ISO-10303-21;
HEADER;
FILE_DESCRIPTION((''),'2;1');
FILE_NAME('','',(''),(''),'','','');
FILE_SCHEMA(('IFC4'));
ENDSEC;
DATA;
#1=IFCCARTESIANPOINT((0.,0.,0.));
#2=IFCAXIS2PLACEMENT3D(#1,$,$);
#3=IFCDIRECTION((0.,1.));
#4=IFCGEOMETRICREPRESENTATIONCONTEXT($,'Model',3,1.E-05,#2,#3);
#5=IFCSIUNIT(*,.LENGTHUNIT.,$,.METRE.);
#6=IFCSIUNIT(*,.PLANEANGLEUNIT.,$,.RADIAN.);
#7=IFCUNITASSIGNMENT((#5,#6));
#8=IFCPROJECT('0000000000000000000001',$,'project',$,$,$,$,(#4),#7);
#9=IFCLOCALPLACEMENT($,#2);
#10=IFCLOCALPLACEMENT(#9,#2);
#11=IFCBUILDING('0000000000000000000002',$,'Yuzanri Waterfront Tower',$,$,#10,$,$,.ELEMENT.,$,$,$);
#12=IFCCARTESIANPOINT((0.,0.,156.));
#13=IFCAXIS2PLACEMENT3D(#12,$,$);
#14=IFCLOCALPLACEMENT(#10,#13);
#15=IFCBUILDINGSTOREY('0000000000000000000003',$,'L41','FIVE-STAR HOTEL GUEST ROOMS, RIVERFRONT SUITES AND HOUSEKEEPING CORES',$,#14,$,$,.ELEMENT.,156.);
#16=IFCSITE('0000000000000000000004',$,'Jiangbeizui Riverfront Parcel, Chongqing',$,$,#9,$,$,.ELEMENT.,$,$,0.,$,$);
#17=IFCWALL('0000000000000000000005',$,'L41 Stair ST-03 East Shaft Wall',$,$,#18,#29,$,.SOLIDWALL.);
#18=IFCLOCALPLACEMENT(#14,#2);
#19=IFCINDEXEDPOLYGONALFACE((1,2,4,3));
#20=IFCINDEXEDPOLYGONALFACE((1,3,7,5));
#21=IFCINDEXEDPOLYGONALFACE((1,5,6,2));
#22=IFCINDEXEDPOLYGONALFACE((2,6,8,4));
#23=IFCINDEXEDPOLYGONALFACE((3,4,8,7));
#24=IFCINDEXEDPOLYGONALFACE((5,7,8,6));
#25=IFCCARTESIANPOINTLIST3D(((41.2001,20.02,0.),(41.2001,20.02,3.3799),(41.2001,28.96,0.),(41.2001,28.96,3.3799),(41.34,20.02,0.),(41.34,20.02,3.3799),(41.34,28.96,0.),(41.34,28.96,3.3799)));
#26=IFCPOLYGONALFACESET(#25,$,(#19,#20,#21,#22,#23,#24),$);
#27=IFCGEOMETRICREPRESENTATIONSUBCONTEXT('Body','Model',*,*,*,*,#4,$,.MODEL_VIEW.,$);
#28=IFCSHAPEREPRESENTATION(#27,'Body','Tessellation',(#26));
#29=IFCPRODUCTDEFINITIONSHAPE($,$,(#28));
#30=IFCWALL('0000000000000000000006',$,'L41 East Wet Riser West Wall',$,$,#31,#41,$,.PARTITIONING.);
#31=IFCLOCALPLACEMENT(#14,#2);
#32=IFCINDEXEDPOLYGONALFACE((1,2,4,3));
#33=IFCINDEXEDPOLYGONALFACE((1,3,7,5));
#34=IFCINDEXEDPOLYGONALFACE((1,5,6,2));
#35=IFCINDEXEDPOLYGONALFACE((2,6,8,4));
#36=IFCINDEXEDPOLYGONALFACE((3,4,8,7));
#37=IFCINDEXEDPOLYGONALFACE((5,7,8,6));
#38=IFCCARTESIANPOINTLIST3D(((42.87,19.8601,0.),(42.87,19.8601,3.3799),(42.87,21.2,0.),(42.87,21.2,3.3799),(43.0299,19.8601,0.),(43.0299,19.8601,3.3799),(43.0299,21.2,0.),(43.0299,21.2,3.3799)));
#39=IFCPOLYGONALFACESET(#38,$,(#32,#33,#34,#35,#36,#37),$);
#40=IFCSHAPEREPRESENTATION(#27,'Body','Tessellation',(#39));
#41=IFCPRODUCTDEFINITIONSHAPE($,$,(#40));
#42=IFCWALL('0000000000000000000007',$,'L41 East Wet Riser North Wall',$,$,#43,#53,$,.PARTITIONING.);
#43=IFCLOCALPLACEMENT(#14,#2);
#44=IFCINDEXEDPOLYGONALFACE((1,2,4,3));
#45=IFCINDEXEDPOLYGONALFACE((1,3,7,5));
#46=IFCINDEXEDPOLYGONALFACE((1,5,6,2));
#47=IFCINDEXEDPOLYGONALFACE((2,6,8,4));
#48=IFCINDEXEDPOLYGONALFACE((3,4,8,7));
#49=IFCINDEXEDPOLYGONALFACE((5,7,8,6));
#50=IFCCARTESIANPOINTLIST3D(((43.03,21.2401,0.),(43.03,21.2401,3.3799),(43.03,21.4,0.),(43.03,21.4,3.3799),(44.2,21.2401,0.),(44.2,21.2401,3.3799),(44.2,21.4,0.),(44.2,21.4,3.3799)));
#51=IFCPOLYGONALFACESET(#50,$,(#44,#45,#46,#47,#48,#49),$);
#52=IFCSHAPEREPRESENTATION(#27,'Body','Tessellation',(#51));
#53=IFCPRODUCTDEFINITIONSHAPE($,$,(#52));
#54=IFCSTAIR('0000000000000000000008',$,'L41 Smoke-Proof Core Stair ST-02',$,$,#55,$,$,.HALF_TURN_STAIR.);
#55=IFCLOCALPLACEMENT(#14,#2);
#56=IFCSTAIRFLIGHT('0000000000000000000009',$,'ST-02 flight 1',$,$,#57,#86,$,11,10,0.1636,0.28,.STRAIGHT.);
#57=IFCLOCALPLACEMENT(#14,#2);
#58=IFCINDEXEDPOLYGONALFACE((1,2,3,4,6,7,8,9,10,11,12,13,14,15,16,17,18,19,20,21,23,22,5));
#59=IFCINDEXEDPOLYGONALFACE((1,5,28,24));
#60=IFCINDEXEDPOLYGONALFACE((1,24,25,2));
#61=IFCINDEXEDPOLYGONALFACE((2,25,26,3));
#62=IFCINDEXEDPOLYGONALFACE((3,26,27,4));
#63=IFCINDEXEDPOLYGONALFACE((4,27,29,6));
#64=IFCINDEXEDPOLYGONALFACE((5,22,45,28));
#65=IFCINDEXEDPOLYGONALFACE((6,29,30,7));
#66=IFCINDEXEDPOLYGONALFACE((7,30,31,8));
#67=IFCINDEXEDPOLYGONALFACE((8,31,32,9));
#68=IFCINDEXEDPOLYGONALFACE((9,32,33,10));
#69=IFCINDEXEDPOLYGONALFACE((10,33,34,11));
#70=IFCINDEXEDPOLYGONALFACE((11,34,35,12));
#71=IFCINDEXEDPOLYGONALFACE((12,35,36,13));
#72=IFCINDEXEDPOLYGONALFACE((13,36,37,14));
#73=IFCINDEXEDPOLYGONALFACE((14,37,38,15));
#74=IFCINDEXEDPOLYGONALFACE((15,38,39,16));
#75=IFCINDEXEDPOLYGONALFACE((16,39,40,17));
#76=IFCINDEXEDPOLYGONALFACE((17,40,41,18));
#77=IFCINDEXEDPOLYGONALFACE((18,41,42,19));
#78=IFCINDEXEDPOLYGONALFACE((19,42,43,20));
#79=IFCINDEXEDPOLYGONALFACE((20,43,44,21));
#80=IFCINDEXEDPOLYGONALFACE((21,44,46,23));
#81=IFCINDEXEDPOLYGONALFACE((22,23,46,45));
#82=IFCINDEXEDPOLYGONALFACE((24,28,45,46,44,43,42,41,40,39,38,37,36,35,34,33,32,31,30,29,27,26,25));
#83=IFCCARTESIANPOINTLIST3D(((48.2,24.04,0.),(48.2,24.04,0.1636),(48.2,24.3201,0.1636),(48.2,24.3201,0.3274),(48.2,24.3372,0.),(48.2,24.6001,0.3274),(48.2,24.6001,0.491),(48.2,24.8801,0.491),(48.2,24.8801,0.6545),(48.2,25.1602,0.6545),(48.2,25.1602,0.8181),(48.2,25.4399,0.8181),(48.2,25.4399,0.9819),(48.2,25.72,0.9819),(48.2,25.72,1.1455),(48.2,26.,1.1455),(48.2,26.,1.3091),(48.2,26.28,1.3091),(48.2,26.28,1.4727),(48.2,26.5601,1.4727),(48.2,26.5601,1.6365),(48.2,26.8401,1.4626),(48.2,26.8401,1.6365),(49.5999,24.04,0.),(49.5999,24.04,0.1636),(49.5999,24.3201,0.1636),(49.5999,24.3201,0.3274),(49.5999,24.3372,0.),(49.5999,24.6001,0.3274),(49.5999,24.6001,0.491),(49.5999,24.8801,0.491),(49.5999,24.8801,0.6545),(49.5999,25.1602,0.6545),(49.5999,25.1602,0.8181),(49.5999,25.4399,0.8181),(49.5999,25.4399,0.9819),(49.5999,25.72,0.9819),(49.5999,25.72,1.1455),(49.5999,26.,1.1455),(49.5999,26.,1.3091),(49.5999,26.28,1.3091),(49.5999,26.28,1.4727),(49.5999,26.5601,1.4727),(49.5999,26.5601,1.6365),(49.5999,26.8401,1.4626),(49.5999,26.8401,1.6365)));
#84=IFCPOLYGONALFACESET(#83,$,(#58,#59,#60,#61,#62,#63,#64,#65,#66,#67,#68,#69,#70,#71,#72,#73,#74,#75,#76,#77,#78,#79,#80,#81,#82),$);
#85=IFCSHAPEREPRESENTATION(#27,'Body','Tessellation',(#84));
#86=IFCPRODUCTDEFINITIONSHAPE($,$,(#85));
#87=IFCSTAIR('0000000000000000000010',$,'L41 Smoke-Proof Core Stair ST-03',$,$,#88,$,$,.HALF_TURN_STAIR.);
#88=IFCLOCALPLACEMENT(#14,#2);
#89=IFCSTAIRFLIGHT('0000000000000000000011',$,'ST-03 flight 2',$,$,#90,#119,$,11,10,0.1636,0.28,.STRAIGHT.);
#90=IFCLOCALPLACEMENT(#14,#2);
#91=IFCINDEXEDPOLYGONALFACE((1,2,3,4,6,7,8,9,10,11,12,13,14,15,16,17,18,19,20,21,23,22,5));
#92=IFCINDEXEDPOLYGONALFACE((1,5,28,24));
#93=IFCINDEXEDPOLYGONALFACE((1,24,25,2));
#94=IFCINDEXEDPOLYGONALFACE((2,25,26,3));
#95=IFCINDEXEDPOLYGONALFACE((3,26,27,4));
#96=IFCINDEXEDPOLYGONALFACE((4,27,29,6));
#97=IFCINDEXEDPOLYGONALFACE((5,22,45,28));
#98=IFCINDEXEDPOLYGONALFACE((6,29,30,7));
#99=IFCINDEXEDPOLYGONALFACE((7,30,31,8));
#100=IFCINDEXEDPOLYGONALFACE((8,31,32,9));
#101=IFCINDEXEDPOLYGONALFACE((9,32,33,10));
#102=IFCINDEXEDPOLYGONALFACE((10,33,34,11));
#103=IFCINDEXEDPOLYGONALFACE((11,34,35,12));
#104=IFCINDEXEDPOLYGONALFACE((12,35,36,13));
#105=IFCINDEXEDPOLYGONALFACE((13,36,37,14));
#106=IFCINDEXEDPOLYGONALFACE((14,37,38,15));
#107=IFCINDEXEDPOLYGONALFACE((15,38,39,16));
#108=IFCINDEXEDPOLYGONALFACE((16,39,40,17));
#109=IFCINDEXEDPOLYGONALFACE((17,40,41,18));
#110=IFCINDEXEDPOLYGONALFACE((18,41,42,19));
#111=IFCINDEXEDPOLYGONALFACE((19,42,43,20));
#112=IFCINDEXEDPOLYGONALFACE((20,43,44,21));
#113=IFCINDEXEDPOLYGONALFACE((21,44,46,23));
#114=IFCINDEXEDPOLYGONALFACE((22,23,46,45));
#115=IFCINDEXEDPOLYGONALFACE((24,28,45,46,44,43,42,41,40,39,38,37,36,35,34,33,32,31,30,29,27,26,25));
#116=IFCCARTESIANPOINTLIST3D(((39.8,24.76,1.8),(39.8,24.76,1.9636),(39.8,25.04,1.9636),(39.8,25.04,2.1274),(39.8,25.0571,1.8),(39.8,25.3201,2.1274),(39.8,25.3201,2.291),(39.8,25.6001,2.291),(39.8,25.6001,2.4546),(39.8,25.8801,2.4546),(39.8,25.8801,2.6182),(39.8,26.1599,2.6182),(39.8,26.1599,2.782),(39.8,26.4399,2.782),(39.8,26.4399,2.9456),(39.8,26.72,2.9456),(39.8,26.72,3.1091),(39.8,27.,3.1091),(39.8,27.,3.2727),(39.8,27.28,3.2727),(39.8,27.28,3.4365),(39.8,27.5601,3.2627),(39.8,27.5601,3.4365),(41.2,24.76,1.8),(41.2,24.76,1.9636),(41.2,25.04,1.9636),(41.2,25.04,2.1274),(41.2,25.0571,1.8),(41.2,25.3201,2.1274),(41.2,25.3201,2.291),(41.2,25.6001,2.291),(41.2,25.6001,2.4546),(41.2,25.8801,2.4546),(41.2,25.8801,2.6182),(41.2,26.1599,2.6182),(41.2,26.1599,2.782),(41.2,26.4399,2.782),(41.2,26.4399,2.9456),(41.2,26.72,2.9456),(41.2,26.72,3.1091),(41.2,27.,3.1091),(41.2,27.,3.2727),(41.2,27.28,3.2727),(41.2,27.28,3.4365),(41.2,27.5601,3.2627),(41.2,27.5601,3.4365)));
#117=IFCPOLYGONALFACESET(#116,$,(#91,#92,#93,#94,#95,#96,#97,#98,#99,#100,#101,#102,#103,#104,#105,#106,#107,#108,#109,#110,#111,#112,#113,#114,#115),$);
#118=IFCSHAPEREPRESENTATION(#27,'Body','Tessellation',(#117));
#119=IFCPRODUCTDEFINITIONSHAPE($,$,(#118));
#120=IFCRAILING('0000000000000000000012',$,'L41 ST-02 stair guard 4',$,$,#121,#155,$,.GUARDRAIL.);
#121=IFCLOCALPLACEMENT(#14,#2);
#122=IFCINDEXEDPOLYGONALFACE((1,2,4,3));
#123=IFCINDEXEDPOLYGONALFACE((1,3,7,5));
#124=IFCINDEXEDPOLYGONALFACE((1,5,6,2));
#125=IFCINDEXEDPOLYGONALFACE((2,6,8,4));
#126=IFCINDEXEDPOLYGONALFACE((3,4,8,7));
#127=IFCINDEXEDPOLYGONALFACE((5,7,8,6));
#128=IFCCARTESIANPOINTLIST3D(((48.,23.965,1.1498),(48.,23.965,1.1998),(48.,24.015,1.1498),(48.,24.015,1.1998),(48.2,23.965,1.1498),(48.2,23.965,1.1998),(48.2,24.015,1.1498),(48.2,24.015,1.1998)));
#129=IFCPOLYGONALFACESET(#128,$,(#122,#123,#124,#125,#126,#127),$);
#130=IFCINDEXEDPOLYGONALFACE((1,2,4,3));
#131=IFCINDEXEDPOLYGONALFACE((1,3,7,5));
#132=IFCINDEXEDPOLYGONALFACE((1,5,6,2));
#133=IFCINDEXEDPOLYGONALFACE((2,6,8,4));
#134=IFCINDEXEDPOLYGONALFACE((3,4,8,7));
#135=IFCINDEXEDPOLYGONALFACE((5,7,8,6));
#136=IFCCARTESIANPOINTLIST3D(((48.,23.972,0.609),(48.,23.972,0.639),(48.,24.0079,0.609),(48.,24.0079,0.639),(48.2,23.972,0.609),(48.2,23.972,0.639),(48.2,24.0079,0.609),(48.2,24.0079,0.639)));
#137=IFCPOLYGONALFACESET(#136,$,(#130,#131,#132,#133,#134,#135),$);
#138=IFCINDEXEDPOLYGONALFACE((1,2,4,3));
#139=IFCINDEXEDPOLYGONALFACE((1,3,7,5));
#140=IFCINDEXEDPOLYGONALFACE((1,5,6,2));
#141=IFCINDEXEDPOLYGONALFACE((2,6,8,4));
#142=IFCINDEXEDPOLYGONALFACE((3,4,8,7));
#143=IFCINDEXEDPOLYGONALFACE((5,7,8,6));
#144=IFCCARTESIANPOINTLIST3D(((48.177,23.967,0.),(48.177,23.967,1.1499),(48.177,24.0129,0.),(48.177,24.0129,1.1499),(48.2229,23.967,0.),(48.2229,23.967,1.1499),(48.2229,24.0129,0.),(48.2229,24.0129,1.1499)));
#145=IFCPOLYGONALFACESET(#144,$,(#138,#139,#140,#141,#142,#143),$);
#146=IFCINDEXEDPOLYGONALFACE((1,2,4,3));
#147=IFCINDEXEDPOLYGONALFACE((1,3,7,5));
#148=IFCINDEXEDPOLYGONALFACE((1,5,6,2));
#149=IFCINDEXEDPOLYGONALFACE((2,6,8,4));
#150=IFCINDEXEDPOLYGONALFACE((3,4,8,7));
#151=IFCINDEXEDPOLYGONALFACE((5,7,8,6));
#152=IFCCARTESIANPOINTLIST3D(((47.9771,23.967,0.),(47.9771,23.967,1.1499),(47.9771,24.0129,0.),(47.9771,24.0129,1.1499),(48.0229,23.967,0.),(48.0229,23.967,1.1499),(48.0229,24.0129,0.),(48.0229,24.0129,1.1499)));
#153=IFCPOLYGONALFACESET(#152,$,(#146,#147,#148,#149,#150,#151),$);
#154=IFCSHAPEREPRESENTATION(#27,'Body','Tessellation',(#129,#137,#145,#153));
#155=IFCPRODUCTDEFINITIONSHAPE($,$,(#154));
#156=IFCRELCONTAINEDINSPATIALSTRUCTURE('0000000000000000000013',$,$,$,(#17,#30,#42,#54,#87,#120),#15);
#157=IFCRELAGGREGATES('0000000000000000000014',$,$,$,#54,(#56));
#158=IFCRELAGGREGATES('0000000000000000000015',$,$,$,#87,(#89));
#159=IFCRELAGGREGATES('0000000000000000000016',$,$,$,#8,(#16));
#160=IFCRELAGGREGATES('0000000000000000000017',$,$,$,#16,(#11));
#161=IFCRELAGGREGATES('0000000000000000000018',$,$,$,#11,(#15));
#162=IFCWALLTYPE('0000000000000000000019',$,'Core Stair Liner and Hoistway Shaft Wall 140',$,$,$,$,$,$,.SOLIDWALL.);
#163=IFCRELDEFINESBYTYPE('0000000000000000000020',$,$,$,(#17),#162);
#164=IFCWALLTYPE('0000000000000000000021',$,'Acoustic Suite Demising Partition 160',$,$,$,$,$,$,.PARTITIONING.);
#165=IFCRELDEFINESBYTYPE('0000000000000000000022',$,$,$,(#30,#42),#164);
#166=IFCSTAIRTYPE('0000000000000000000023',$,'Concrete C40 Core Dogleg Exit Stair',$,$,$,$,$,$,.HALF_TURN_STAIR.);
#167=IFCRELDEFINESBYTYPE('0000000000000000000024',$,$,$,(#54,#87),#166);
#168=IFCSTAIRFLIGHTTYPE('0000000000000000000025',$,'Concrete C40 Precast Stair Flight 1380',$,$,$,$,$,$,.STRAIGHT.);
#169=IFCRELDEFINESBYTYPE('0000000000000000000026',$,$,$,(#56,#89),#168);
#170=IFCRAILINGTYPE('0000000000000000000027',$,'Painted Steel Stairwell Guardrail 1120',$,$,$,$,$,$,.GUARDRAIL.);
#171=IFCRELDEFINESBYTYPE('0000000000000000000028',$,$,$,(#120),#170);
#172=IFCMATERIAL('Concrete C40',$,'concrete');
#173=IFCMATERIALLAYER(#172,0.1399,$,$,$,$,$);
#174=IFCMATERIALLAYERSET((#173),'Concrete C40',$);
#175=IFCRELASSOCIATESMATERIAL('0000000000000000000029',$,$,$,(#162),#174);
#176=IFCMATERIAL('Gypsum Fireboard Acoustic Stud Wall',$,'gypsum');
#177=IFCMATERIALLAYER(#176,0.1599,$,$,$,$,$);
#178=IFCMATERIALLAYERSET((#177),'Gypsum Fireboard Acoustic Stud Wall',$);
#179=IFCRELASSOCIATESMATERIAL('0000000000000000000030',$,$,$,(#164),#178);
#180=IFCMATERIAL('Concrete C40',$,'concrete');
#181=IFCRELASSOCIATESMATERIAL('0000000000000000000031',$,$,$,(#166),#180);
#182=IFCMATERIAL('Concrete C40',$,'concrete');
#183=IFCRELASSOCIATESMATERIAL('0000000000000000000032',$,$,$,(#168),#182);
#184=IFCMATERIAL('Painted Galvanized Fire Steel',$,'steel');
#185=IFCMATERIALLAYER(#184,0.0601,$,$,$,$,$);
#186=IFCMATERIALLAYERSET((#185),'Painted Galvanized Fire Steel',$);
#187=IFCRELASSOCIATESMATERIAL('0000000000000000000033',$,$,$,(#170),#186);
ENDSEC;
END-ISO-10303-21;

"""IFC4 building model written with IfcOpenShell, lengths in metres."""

from ifc_helpers import new_model, si_unit, direction, frame, frame_2d, origin, origin_2d, place, context, subcontext, project, spatial, polyline, rectangle, outline, extrude, source, transform, mapped, material, layer, layer_set, type_object, element, aggregate, save


model = new_model("IFC4")

# Units and contexts
model_context = context("Model", 3, precision=1e-05, world=origin(), true_north=direction((0.0, 1.0)))
body_context = subcontext(model_context, "Body", "Model", "MODEL_VIEW")
ifc_project = project(units=[si_unit("LENGTHUNIT", "METRE"), si_unit("PLANEANGLEUNIT", "RADIAN")], contexts=[model_context])

# Site, building, storey
site_placement = place(None, origin())
site = spatial("IfcSite", under=ifc_project, at=site_placement, Name="Jiangbeizui Riverfront Parcel, Chongqing", CompositionType="ELEMENT", RefElevation=0.0)
building_placement = place(site_placement, origin())
building = spatial("IfcBuilding", under=site, at=building_placement, Name="Yuzanri Waterfront Tower", CompositionType="ELEMENT")
storey_placement = place(building_placement, frame((0.0, 0.0, 156.0)))
storey = spatial("IfcBuildingStorey", under=building, at=storey_placement, Name="L41", Description="FIVE-STAR HOTEL GUEST ROOMS, RIVERFRONT SUITES AND HOUSEKEEPING CORES", CompositionType="ELEMENT", Elevation=156.0)

# Shared definitions
ifc_material_1 = material(Name="Concrete C40", Category="concrete")
ifc_layer_1 = layer(ifc_material_1, 0.1399)
ifc_layer_set_1 = layer_set([ifc_layer_1], Name="Concrete C40")
wall_type_1 = type_object("IfcWallType", Name="Core Stair Liner and Hoistway Shaft Wall 140", PredefinedType="SOLIDWALL", material=ifc_layer_set_1)

# Walls
shared_shape_1 = source(origin(), body_context, "Body", "SweptSolid", [
    extrude(rectangle(XDim=8.9399, YDim=0.1399, at=frame_2d((4.47, 0.0))), origin(), (0.0, 0.0, 1.0), 3.3799),
])
wall_1_placement = place(storey_placement, frame((41.27, 20.02, 0.0), z_axis=(0.0, 0.0, 1.0), x_axis=(0.0, 1.0, 0.0)))
element("IfcWall", 1, at=wall_1_placement, inside=storey, type_object=wall_type_1, Name="L41 Stair ST-03 East Shaft Wall", PredefinedType="SOLIDWALL", context=body_context, shape_type="MappedRepresentation", body=[
    mapped(shared_shape_1, transform((0.0, 0.0, 0.0), scale=1.0)),
])
ifc_material_2 = material(Name="Gypsum Fireboard Acoustic Stud Wall", Category="gypsum")
ifc_layer_2 = layer(ifc_material_2, 0.1599)
ifc_layer_set_2 = layer_set([ifc_layer_2], Name="Gypsum Fireboard Acoustic Stud Wall")
wall_type_2 = type_object("IfcWallType", Name="Acoustic Suite Demising Partition 160", PredefinedType="PARTITIONING", material=ifc_layer_set_2)
shared_shape_2 = source(origin(), body_context, "Body", "SweptSolid", [
    extrude(rectangle(XDim=1.3398, YDim=0.1599, at=frame_2d((0.6699, 0.0))), origin(), (0.0, 0.0, 1.0), 3.3799),
])
wall_2_placement = place(storey_placement, frame((42.95, 19.8601, 0.0), z_axis=(0.0, 0.0, 1.0), x_axis=(0.0, 1.0, 0.0)))
element("IfcWall", 2, at=wall_2_placement, inside=storey, type_object=wall_type_2, Name="L41 East Wet Riser West Wall", PredefinedType="PARTITIONING", context=body_context, shape_type="MappedRepresentation", body=[
    mapped(shared_shape_2, transform((0.0, 0.0, 0.0), scale=1.0)),
])
shared_shape_3 = source(origin(), body_context, "Body", "SweptSolid", [
    extrude(rectangle(XDim=1.1699, YDim=0.1599, at=frame_2d((0.585, 0.0))), origin(), (0.0, 0.0, 1.0), 3.3799),
])
wall_3_placement = place(storey_placement, frame((43.03, 21.3201, 0.0), z_axis=(0.0, 0.0, 1.0), x_axis=(1.0, 0.0, 0.0)))
element("IfcWall", 3, at=wall_3_placement, inside=storey, type_object=wall_type_2, Name="L41 East Wet Riser North Wall", PredefinedType="PARTITIONING", context=body_context, shape_type="MappedRepresentation", body=[
    mapped(shared_shape_3, transform((0.0, 0.0, 0.0), scale=1.0)),
])

# Stairs, stair flights
ifc_material_3 = material(Name="Concrete C40", Category="concrete")
stair_type = type_object("IfcStairType", Name="Concrete C40 Core Dogleg Exit Stair", PredefinedType="HALF_TURN_STAIR", material=ifc_material_3)
stair_1_placement = place(storey_placement, origin())
stair_1 = element("IfcStair", 4, at=stair_1_placement, inside=storey, type_object=stair_type, Name="L41 Smoke-Proof Core Stair ST-02", PredefinedType="HALF_TURN_STAIR")
ifc_material_4 = material(Name="Concrete C40", Category="concrete")
stair_flight_type = type_object("IfcStairFlightType", Name="Concrete C40 Precast Stair Flight 1380", PredefinedType="STRAIGHT", material=ifc_material_4)
shared_shape_4 = source(origin(), body_context, "Body", "SweptSolid", [
    extrude(outline(polyline([(0.0, 0.0), (0.0, 0.1636), (0.28, 0.1636), (0.28, 0.3274), (0.5601, 0.3274), (0.5601, 0.491), (0.8401, 0.491), (0.8401, 0.6545), (1.1201, 0.6545), (1.1201, 0.8181), (1.3999, 0.8181), (1.3999, 0.9819), (1.6799, 0.9819), (1.6799, 1.1455), (1.96, 1.1455), (1.96, 1.3091), (2.24, 1.3091), (2.24, 1.4727), (2.52, 1.4727), (2.52, 1.6365), (2.8, 1.6365), (2.8, 1.8), (2.8, 1.4626), (0.2971, 0.0), (0.0, 0.0)])), frame((0.0, 0.7, 0.0), z_axis=(0.0, -1.0, 0.0), x_axis=(1.0, 0.0, 0.0)), (0.0, 0.0, 1.0), 1.3999),
])
stair_flight_1_placement = place(storey_placement, frame((48.8999, 24.04, 0.0), z_axis=(0.0, 0.0, 1.0), x_axis=(0.0, 1.0, 0.0)))
stair_flight_1 = element("IfcStairFlight", 5, at=stair_flight_1_placement, type_object=stair_flight_type, Name="ST-02 flight 1", NumberOfRisers=11, NumberOfTreads=10, PredefinedType="STRAIGHT", RiserHeight=0.1636, TreadLength=0.28, context=body_context, shape_type="MappedRepresentation", body=[
    mapped(shared_shape_4, transform((0.0, 0.0, 0.0), scale=1.0)),
])
aggregate(stair_1, [stair_flight_1])
stair_2_placement = place(storey_placement, origin())
stair_2 = element("IfcStair", 6, at=stair_2_placement, inside=storey, type_object=stair_type, Name="L41 Smoke-Proof Core Stair ST-03", PredefinedType="HALF_TURN_STAIR")
stair_flight_2_placement = place(storey_placement, frame((40.5, 24.76, 1.8), z_axis=(0.0, 0.0, 1.0), x_axis=(0.0, 1.0, 0.0)))
stair_flight_2 = element("IfcStairFlight", 7, at=stair_flight_2_placement, type_object=stair_flight_type, Name="ST-03 flight 2", NumberOfRisers=11, NumberOfTreads=10, PredefinedType="STRAIGHT", RiserHeight=0.1636, TreadLength=0.28, context=body_context, shape_type="MappedRepresentation", body=[
    mapped(shared_shape_4, transform((0.0, 0.0, 0.0), scale=1.0)),
])
aggregate(stair_2, [stair_flight_2])

# Railing
ifc_material_5 = material(Name="Painted Galvanized Fire Steel", Category="steel")
ifc_layer_3 = layer(ifc_material_5, 0.0601)
ifc_layer_set_3 = layer_set([ifc_layer_3], Name="Painted Galvanized Fire Steel")
railing_type_1 = type_object("IfcRailingType", Name="Painted Steel Stairwell Guardrail 1120", PredefinedType="GUARDRAIL", material=ifc_layer_set_3)
shared_shape_5 = source(origin(), body_context, "Body", "SweptSolid", [
    extrude(rectangle(XDim=0.05, YDim=0.05, at=origin_2d()), frame((0.0, 0.0, 1.1748), z_axis=(-1.0, 0.0, 0.0), x_axis=(0.0, -1.0, 0.0)), (0.0, 0.0, 1.0), 0.2),
    extrude(rectangle(XDim=0.0359, YDim=0.03, at=origin_2d()), frame((0.0, 0.0, 0.624), z_axis=(-1.0, 0.0, 0.0), x_axis=(0.0, -1.0, 0.0)), (0.0, 0.0, 1.0), 0.2),
    extrude(rectangle(XDim=0.0459, YDim=0.0459, at=origin_2d()), origin(), (0.0, 0.0, 1.0), 1.1499),
    extrude(rectangle(XDim=0.0459, YDim=0.0459, at=origin_2d()), frame((-0.2, 0.0, 0.0)), (0.0, 0.0, 1.0), 1.1499),
])
railing_1_placement = place(storey_placement, frame((48.2, 23.99, 0.0)))
element("IfcRailing", 8, at=railing_1_placement, inside=storey, type_object=railing_type_1, Name="L41 ST-02 stair guard 4", PredefinedType="GUARDRAIL", context=body_context, shape_type="MappedRepresentation", body=[
    mapped(shared_shape_5, transform((0.0, 0.0, 0.0), scale=1.0)),
])

save(model, "model.ifc")
